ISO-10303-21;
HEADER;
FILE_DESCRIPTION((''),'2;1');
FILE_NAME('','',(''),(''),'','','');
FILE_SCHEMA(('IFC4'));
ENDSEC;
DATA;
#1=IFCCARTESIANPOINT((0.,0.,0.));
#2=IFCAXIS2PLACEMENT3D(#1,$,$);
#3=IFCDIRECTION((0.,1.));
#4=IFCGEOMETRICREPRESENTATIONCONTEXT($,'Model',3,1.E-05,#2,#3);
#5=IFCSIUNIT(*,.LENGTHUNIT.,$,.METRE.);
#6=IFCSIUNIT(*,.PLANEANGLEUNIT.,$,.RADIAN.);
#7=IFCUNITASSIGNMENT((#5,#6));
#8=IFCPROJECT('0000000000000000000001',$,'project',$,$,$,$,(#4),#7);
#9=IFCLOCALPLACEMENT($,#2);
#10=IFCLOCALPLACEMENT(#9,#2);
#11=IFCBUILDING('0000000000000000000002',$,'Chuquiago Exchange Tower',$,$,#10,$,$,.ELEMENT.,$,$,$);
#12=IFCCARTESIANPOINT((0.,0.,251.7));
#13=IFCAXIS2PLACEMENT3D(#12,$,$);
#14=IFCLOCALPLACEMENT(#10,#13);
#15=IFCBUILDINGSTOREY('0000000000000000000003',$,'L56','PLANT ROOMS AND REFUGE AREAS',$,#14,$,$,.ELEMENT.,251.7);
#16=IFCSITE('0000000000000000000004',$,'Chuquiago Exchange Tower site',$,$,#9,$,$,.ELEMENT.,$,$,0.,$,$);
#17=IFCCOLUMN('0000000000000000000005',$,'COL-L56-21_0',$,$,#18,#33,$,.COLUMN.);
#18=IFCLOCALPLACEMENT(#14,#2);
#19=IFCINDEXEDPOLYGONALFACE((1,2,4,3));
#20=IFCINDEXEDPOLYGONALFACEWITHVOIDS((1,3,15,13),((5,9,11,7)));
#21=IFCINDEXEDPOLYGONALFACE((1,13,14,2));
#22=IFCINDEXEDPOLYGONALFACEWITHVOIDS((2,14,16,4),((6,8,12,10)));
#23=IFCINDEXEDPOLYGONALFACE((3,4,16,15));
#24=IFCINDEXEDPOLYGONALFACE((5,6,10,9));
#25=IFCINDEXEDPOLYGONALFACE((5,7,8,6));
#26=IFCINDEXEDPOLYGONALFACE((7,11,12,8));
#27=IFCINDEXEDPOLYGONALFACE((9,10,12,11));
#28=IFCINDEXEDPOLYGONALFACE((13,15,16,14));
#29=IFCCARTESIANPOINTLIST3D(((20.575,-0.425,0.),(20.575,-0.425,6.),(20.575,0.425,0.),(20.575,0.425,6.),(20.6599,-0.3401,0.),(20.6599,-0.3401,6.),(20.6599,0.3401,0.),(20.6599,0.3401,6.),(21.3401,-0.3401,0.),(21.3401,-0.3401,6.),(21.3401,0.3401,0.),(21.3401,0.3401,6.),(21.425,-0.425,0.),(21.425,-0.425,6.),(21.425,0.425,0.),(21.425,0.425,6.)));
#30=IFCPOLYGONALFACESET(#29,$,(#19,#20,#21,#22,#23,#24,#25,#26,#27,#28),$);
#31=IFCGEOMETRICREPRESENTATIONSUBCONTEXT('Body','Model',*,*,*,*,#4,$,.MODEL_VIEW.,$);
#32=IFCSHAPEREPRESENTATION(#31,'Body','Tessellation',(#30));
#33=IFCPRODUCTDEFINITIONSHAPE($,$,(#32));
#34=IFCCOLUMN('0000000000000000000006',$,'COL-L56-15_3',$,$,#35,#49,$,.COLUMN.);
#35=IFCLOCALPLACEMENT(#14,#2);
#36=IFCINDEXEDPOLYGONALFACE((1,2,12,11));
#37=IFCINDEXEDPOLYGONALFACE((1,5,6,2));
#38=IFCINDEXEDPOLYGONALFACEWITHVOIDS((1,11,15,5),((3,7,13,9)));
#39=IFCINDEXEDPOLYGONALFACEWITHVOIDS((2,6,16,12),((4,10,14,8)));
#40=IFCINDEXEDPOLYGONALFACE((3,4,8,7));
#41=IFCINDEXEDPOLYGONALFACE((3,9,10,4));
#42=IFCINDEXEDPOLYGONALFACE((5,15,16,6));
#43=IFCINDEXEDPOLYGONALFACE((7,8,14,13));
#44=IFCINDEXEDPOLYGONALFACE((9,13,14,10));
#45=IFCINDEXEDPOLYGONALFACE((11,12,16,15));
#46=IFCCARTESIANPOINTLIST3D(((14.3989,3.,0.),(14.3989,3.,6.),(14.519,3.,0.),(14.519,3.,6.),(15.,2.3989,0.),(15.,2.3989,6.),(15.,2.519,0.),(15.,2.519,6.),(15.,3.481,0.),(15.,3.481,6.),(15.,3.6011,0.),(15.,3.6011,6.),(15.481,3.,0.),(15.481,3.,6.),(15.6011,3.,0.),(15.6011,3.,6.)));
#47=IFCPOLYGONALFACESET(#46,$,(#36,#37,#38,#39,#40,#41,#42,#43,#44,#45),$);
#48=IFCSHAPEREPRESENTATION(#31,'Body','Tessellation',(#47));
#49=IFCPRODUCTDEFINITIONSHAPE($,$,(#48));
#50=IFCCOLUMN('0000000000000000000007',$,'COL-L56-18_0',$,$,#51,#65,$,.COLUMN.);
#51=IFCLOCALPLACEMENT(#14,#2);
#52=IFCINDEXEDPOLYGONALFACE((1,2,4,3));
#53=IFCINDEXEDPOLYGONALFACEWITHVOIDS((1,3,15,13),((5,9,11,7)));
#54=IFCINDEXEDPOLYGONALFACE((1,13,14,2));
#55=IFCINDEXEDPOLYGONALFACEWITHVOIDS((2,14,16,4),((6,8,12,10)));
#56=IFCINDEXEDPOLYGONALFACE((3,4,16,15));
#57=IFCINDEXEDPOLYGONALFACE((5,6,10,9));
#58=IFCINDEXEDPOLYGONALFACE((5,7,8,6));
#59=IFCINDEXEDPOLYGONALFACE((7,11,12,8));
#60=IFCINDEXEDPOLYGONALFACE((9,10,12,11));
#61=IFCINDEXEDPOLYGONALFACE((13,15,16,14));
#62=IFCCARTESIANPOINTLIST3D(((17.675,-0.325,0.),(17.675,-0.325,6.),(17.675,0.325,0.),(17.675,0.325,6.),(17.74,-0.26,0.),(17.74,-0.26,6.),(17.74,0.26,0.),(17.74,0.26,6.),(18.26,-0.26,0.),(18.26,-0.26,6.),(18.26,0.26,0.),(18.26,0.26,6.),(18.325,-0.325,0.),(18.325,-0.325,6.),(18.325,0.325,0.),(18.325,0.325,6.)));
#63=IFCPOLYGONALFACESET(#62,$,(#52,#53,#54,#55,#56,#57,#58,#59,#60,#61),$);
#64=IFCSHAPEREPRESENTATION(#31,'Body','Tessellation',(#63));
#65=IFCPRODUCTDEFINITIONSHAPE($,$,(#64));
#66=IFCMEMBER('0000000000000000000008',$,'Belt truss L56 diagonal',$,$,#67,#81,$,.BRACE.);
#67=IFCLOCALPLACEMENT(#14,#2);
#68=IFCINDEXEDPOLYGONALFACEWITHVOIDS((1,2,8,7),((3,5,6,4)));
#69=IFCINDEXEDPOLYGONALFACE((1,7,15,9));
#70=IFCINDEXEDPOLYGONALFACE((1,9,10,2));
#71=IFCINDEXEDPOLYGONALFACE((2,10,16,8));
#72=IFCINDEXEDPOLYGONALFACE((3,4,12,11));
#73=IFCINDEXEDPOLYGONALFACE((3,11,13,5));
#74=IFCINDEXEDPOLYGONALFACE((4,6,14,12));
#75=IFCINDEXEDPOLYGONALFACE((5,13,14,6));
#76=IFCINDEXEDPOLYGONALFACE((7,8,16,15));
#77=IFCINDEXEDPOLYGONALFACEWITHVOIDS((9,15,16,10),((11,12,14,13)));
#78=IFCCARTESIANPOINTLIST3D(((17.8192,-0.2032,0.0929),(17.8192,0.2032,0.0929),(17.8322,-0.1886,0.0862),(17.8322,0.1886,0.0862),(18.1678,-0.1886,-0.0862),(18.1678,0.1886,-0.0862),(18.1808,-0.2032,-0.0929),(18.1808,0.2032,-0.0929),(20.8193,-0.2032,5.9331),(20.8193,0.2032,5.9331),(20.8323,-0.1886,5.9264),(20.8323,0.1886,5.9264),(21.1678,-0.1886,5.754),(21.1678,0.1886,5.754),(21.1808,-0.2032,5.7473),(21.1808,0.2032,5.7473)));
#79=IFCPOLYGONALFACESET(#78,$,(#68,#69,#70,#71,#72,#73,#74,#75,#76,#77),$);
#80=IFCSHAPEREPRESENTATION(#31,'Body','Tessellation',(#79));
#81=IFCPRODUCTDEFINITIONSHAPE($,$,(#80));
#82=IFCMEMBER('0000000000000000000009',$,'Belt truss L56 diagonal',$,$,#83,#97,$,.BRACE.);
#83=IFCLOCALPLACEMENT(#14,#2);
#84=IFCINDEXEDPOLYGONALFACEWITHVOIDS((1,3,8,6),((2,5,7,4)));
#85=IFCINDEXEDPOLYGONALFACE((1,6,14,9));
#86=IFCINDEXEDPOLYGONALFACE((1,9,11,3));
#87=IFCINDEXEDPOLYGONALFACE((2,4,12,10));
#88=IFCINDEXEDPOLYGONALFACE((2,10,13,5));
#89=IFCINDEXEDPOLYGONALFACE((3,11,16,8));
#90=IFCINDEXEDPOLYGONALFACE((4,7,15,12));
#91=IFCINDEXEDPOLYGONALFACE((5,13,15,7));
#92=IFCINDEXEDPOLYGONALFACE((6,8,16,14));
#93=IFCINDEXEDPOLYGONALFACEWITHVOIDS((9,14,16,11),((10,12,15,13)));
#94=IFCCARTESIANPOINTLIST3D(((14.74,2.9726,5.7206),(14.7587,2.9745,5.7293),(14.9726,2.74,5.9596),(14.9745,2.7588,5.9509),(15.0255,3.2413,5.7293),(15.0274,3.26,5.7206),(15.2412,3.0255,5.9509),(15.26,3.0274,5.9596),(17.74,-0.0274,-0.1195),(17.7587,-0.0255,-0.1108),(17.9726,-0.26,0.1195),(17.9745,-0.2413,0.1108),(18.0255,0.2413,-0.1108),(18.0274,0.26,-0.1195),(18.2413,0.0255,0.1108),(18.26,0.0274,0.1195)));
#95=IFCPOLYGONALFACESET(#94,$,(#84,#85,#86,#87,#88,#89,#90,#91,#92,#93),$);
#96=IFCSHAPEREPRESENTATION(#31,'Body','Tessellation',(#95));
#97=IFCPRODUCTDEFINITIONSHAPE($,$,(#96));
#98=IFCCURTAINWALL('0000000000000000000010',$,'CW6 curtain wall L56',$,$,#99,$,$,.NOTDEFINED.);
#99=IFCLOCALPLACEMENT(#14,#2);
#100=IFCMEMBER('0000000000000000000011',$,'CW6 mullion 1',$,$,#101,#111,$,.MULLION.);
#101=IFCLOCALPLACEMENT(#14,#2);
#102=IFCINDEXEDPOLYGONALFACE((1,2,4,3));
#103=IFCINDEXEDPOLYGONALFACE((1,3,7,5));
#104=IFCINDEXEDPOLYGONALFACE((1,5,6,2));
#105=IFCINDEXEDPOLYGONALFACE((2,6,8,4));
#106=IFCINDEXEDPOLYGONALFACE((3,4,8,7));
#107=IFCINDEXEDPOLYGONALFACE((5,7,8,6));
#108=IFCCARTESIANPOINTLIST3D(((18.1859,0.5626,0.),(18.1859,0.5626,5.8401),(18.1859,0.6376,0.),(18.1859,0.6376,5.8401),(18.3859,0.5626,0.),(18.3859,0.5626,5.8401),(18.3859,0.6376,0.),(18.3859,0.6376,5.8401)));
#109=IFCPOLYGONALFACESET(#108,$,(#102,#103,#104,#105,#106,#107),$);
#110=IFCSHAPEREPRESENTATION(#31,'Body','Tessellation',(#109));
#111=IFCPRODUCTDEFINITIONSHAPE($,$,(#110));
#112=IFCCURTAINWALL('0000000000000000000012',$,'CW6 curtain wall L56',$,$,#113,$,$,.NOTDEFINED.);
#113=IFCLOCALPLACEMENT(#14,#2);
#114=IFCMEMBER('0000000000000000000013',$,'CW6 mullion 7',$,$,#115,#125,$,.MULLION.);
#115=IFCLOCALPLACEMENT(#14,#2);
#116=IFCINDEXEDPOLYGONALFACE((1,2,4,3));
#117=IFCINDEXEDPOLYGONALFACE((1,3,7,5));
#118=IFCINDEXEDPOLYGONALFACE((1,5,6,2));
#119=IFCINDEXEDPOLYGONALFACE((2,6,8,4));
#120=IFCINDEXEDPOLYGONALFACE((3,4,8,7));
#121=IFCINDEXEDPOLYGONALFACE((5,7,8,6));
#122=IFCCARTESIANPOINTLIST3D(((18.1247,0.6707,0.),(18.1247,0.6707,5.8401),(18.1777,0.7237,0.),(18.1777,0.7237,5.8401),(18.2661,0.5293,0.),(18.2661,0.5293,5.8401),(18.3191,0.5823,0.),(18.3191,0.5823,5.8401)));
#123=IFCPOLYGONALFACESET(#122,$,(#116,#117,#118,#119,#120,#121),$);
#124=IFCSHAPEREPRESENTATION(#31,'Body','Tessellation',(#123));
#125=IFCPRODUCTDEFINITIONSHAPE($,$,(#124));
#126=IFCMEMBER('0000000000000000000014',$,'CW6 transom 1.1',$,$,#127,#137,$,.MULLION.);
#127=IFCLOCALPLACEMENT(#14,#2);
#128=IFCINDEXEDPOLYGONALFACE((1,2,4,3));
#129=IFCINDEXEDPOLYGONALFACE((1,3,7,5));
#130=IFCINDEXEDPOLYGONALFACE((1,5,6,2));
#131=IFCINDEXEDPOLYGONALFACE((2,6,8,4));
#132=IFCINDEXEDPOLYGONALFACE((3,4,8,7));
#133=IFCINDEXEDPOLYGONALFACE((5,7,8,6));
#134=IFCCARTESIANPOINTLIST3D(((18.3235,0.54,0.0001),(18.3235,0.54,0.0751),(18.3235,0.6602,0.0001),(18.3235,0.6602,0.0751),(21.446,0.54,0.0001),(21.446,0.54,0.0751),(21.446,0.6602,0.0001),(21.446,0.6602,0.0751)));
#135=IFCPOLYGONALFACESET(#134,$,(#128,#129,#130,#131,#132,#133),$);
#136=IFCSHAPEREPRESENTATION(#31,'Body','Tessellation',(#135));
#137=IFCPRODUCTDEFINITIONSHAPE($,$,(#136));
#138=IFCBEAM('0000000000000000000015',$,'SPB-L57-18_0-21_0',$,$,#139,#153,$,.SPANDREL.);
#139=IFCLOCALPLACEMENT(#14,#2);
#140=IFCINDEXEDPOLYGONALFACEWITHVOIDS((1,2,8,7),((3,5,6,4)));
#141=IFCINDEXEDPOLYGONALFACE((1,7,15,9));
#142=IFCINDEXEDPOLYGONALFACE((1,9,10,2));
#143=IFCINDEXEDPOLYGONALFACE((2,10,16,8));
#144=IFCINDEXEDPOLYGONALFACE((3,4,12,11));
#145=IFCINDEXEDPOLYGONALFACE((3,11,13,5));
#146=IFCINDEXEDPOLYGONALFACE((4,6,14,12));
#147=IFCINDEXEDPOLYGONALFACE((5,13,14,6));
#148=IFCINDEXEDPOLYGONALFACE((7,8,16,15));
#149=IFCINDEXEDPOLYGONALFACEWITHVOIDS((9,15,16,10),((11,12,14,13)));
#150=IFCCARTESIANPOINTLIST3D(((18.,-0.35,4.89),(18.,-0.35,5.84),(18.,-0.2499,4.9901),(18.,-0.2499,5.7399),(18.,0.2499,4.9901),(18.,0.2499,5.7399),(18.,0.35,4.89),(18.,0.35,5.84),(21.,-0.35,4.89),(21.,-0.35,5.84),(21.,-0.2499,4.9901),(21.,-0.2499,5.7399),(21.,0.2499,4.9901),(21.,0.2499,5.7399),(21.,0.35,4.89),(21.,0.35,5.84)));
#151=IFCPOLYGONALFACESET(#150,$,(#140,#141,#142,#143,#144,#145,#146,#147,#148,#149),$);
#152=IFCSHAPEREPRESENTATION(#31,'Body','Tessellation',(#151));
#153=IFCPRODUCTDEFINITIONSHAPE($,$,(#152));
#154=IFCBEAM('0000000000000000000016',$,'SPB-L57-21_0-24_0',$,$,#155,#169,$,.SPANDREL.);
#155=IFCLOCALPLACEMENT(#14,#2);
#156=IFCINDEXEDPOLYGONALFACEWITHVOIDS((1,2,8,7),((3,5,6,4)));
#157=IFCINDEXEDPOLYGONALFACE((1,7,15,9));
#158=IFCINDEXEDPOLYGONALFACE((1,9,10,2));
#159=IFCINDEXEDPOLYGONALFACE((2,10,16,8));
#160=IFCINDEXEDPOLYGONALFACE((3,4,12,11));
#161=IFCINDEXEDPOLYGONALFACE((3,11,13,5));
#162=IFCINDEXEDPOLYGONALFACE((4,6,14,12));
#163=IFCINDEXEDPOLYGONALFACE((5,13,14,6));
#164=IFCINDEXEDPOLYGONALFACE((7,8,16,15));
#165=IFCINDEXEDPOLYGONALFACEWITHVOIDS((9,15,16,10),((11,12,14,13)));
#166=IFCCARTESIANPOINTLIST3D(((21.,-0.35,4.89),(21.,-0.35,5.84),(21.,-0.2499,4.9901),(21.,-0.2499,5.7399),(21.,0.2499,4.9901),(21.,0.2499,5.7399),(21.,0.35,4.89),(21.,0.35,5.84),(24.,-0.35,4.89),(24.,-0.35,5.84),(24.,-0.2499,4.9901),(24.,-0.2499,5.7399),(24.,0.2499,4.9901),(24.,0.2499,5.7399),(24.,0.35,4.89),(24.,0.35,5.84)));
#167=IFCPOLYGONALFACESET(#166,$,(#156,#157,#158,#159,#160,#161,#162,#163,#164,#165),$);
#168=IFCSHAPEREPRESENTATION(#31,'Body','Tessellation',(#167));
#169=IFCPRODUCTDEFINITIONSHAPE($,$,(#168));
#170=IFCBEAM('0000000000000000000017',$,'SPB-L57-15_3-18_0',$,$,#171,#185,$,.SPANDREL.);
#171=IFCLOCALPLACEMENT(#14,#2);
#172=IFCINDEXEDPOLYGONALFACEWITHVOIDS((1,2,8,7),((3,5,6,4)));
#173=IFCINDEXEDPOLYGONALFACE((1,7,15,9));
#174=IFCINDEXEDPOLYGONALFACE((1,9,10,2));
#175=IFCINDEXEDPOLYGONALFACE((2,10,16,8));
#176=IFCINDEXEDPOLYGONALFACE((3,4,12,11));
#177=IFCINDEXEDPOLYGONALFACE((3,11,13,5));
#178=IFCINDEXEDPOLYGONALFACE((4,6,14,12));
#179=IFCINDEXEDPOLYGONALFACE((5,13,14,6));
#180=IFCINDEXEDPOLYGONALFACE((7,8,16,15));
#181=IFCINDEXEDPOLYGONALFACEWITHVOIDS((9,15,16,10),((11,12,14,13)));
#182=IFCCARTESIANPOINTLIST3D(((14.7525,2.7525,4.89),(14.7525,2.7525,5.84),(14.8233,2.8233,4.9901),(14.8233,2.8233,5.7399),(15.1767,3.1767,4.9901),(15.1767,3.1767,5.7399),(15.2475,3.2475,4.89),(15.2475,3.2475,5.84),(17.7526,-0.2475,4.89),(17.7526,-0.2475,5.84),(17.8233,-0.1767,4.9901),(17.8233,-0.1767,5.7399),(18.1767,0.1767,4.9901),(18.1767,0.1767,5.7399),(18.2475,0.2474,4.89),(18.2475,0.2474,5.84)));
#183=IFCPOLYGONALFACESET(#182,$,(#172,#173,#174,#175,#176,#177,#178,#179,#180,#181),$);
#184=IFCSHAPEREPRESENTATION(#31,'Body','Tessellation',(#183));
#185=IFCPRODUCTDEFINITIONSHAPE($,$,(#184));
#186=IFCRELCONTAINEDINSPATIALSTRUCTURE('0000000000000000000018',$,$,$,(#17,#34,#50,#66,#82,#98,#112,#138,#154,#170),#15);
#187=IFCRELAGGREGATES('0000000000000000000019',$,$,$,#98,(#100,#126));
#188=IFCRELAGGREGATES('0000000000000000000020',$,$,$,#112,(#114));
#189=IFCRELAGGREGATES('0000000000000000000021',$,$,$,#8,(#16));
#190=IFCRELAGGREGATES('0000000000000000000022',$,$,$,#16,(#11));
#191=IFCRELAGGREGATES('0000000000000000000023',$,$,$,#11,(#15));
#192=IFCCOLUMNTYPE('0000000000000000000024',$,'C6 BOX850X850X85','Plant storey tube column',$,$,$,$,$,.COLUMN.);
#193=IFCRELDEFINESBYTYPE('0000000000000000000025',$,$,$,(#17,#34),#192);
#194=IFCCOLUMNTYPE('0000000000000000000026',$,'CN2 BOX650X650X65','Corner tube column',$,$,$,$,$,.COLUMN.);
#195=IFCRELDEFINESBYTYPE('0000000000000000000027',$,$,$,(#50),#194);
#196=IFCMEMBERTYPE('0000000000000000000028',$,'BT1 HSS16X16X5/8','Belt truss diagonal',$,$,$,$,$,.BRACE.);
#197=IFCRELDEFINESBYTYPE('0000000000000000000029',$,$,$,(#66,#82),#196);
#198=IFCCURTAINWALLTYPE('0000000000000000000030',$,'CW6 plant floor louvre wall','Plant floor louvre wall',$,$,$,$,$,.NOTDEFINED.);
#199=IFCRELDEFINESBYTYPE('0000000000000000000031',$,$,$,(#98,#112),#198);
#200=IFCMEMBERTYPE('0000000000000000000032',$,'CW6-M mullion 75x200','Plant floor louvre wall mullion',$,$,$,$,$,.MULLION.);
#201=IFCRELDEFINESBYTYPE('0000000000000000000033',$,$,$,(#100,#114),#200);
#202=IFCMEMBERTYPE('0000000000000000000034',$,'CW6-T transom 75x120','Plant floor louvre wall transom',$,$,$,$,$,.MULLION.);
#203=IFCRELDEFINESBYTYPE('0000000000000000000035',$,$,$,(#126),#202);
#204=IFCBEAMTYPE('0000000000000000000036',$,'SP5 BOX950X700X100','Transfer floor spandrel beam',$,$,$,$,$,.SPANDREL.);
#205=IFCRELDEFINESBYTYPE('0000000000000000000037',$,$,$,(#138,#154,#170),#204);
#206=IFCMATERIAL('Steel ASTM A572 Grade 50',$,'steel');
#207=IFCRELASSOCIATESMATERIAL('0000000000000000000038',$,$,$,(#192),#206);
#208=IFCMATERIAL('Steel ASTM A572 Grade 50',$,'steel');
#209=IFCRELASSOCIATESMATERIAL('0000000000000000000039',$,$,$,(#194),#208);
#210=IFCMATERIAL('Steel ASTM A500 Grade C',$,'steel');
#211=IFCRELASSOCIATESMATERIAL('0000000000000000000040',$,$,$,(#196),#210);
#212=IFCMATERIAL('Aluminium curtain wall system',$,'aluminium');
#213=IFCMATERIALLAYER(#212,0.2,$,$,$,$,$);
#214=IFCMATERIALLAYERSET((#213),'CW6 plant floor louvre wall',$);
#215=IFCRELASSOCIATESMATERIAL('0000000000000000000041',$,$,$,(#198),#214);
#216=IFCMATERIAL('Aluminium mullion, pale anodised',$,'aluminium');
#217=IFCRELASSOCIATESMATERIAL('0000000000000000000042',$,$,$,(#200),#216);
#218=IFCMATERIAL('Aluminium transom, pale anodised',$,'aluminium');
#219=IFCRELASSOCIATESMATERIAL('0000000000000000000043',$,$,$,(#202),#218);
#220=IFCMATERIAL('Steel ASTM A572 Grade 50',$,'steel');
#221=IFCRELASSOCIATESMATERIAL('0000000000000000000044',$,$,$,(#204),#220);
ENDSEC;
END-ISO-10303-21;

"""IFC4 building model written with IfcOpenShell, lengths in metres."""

from ifc_helpers import new_model, si_unit, direction, frame, origin, origin_2d, place, context, subcontext, project, spatial, rectangle, hollow_rectangle, extrude, material, layer, layer_set, material_profile, profile_set, type_object, element, aggregate, save


model = new_model("IFC4")

# Units and contexts
model_context = context("Model", 3, precision=1e-05, world=origin(), true_north=direction((0.0, 1.0)))
body_context = subcontext(model_context, "Body", "Model", "MODEL_VIEW")
ifc_project = project(units=[si_unit("LENGTHUNIT", "METRE"), si_unit("PLANEANGLEUNIT", "RADIAN")], contexts=[model_context])

# Site, building, storey
site_placement = place(None, origin())
site = spatial("IfcSite", under=ifc_project, at=site_placement, Name="Chuquiago Exchange Tower site", CompositionType="ELEMENT", RefElevation=0.0)
building_placement = place(site_placement, origin())
building = spatial("IfcBuilding", under=site, at=building_placement, Name="Chuquiago Exchange Tower", CompositionType="ELEMENT")
storey_placement = place(building_placement, frame((0.0, 0.0, 251.7)))
storey = spatial("IfcBuildingStorey", under=building, at=storey_placement, Name="L56", Description="PLANT ROOMS AND REFUGE AREAS", CompositionType="ELEMENT", Elevation=251.7)

# Columns
ifc_material_1 = material(Name="Steel ASTM A572 Grade 50", Category="steel")
ifc_material_profile_1 = material_profile(ifc_material_1, hollow_rectangle(XDim=0.8501, YDim=0.8501, WallThickness=0.085, at=origin_2d()), Name="BOX850X850X85")
ifc_profile_set_1 = profile_set([ifc_material_profile_1], Name="Steel ASTM A572 Grade 50")
column_type_1 = type_object("IfcColumnType", Name="C6 BOX850X850X85", Description="Plant storey tube column", PredefinedType="COLUMN", material=ifc_profile_set_1)
for number, where, z_axis, x_axis, name in (
    (1, (21.0, 0.0, 0.0), (0.0, 0.0, 1.0), (0.0, -1.0, 0.0), "COL-L56-21_0"),
    (2, (15.0, 3.0, 0.0), (0.0, 0.0, 1.0), (-0.707107, -0.707107, 0.0), "COL-L56-15_3"),
):
    element("IfcColumn", number, at=place(storey_placement, frame(where, z_axis=z_axis, x_axis=x_axis)), inside=storey, type_object=column_type_1, Name=name, PredefinedType="COLUMN", context=body_context, shape_type="SweptSolid", body=[
        extrude(hollow_rectangle(XDim=0.8501, YDim=0.8501, WallThickness=0.085, at=origin_2d()), origin(), (0.0, 0.0, 1.0), 6.0),
    ])
ifc_material_2 = material(Name="Steel ASTM A572 Grade 50", Category="steel")
ifc_material_profile_2 = material_profile(ifc_material_2, hollow_rectangle(XDim=0.6499, YDim=0.6499, WallThickness=0.0649, at=origin_2d()), Name="BOX650X650X65")
ifc_profile_set_2 = profile_set([ifc_material_profile_2], Name="Steel ASTM A572 Grade 50")
column_type_2 = type_object("IfcColumnType", Name="CN2 BOX650X650X65", Description="Corner tube column", PredefinedType="COLUMN", material=ifc_profile_set_2)
column_placement = place(storey_placement, frame((18.0, 0.0, 0.0), z_axis=(0.0, 0.0, 1.0), x_axis=(0.0, -1.0, 0.0)))
element("IfcColumn", 3, at=column_placement, inside=storey, type_object=column_type_2, Name="COL-L56-18_0", PredefinedType="COLUMN", context=body_context, shape_type="SweptSolid", body=[
    extrude(hollow_rectangle(XDim=0.6499, YDim=0.6499, WallThickness=0.0649, at=origin_2d()), origin(), (0.0, 0.0, 1.0), 6.0),
])

# Members
ifc_material_3 = material(Name="Steel ASTM A500 Grade C", Category="steel")
ifc_material_profile_3 = material_profile(ifc_material_3, hollow_rectangle(XDim=0.4065, YDim=0.4065, WallThickness=0.0146, at=origin_2d()), Name="HSS16X16X5/8")
ifc_profile_set_3 = profile_set([ifc_material_profile_3], Name="Steel ASTM A500 Grade C")
member_type_1 = type_object("IfcMemberType", Name="BT1 HSS16X16X5/8", Description="Belt truss diagonal", PredefinedType="BRACE", material=ifc_profile_set_3)
member_1_placement = place(storey_placement, frame((18.0, 0.0, 0.0), z_axis=(0.45693, 0.0, 0.889503), x_axis=(0.0, 1.0, 0.0)))
element("IfcMember", 4, at=member_1_placement, inside=storey, type_object=member_type_1, Name="Belt truss L56 diagonal", PredefinedType="BRACE", context=body_context, shape_type="SweptSolid", body=[
    extrude(hollow_rectangle(XDim=0.4065, YDim=0.4065, WallThickness=0.0146, at=origin_2d()), origin(), (0.0, 0.0, 1.0), 6.5657),
])
member_2_placement = place(storey_placement, frame((18.0, 0.0, 0.0), z_axis=(-0.415599, 0.415599, 0.809045), x_axis=(-0.707107, -0.707107, 0.0)))
element("IfcMember", 5, at=member_2_placement, inside=storey, type_object=member_type_1, Name="Belt truss L56 diagonal", PredefinedType="BRACE", context=body_context, shape_type="SweptSolid", body=[
    extrude(hollow_rectangle(XDim=0.4065, YDim=0.4065, WallThickness=0.0146, at=origin_2d()), origin(), (0.0, 0.0, 1.0), 7.2185),
])

# Curtain walls, members
ifc_material_4 = material(Name="Aluminium curtain wall system", Category="aluminium")
ifc_layer_1 = layer(ifc_material_4, 0.2)
ifc_layer_set_1 = layer_set([ifc_layer_1], Name="CW6 plant floor louvre wall")
curtain_wall_type = type_object("IfcCurtainWallType", Name="CW6 plant floor louvre wall", Description="Plant floor louvre wall", PredefinedType="NOTDEFINED", material=ifc_layer_set_1)
curtain_wall_1_placement = place(storey_placement, origin())
curtain_wall_1 = element("IfcCurtainWall", 6, at=curtain_wall_1_placement, inside=storey, type_object=curtain_wall_type, Name="CW6 curtain wall L56", PredefinedType="NOTDEFINED")
ifc_material_5 = material(Name="Aluminium mullion, pale anodised", Category="aluminium")
ifc_material_profile_4 = material_profile(ifc_material_5, rectangle(XDim=0.075, YDim=0.2, at=origin_2d()), Name="AL 75x200")
ifc_profile_set_4 = profile_set([ifc_material_profile_4], Name="Aluminium mullion, pale anodised")
member_type_2 = type_object("IfcMemberType", Name="CW6-M mullion 75x200", Description="Plant floor louvre wall mullion", PredefinedType="MULLION", material=ifc_profile_set_4)
member_3_placement = place(storey_placement, frame((18.2859, 0.6001, 0.0), z_axis=(0.0, 0.0, 1.0), x_axis=(0.0, 1.0, 0.0)))
member_3 = element("IfcMember", 7, at=member_3_placement, type_object=member_type_2, Name="CW6 mullion 1", PredefinedType="MULLION", context=body_context, shape_type="SweptSolid", body=[
    extrude(rectangle(XDim=0.075, YDim=0.2, at=origin_2d()), origin(), (0.0, 0.0, 1.0), 5.8401),
])
curtain_wall_2_placement = place(storey_placement, origin())
curtain_wall_2 = element("IfcCurtainWall", 8, at=curtain_wall_2_placement, inside=storey, type_object=curtain_wall_type, Name="CW6 curtain wall L56", PredefinedType="NOTDEFINED")
member_4_placement = place(storey_placement, frame((18.2219, 0.6265, 0.0), z_axis=(0.0, 0.0, 1.0), x_axis=(0.707107, 0.707107, 0.0)))
member_4 = element("IfcMember", 9, at=member_4_placement, type_object=member_type_2, Name="CW6 mullion 7", PredefinedType="MULLION", context=body_context, shape_type="SweptSolid", body=[
    extrude(rectangle(XDim=0.075, YDim=0.2, at=origin_2d()), origin(), (0.0, 0.0, 1.0), 5.8401),
])

# Member
ifc_material_6 = material(Name="Aluminium transom, pale anodised", Category="aluminium")
ifc_material_profile_5 = material_profile(ifc_material_6, rectangle(XDim=0.1201, YDim=0.075, at=origin_2d()), Name="AL 120x75")
ifc_profile_set_5 = profile_set([ifc_material_profile_5], Name="Aluminium transom, pale anodised")
member_type_3 = type_object("IfcMemberType", Name="CW6-T transom 75x120", Description="Plant floor louvre wall transom", PredefinedType="MULLION", material=ifc_profile_set_5)
member_5_placement = place(storey_placement, frame((18.3235, 0.6001, 0.0376), z_axis=(1.0, 0.0, 0.0), x_axis=(0.0, 1.0, 0.0)))
member_5 = element("IfcMember", 10, at=member_5_placement, type_object=member_type_3, Name="CW6 transom 1.1", PredefinedType="MULLION", context=body_context, shape_type="SweptSolid", body=[
    extrude(rectangle(XDim=0.1201, YDim=0.075, at=origin_2d()), origin(), (0.0, 0.0, 1.0), 3.1226),
])

# Beams
ifc_material_7 = material(Name="Steel ASTM A572 Grade 50", Category="steel")
ifc_material_profile_6 = material_profile(ifc_material_7, hollow_rectangle(XDim=0.7, YDim=0.95, WallThickness=0.1001, at=origin_2d()), Name="BOX950X700X100")
ifc_profile_set_6 = profile_set([ifc_material_profile_6], Name="Steel ASTM A572 Grade 50")
beam_type = type_object("IfcBeamType", Name="SP5 BOX950X700X100", Description="Transfer floor spandrel beam", PredefinedType="SPANDREL", material=ifc_profile_set_6)
for number, where, z_axis, x_axis, name in (
    (11, (18.0, 0.0, 5.365), (1.0, 0.0, 0.0), (0.0, 1.0, 0.0), "SPB-L57-18_0-21_0"),
    (12, (21.0, 0.0, 5.365), (1.0, 0.0, 0.0), (0.0, 1.0, 0.0), "SPB-L57-21_0-24_0"),
):
    element("IfcBeam", number, at=place(storey_placement, frame(where, z_axis=z_axis, x_axis=x_axis)), inside=storey, type_object=beam_type, Name=name, PredefinedType="SPANDREL", context=body_context, shape_type="SweptSolid", body=[
        extrude(hollow_rectangle(XDim=0.7, YDim=0.95, WallThickness=0.1001, at=origin_2d()), origin(), (0.0, 0.0, 1.0), 3.0),
    ])
beam_placement = place(storey_placement, frame((15.0, 3.0, 5.365), z_axis=(0.707107, -0.707107, 0.0), x_axis=(0.707107, 0.707107, 0.0)))
element("IfcBeam", 13, at=beam_placement, inside=storey, type_object=beam_type, Name="SPB-L57-15_3-18_0", PredefinedType="SPANDREL", context=body_context, shape_type="SweptSolid", body=[
    extrude(hollow_rectangle(XDim=0.7, YDim=0.95, WallThickness=0.1001, at=origin_2d()), origin(), (0.0, 0.0, 1.0), 4.2427),
])

aggregate(curtain_wall_1, [member_3, member_5])
aggregate(curtain_wall_2, [member_4])

save(model, "model.ifc")
